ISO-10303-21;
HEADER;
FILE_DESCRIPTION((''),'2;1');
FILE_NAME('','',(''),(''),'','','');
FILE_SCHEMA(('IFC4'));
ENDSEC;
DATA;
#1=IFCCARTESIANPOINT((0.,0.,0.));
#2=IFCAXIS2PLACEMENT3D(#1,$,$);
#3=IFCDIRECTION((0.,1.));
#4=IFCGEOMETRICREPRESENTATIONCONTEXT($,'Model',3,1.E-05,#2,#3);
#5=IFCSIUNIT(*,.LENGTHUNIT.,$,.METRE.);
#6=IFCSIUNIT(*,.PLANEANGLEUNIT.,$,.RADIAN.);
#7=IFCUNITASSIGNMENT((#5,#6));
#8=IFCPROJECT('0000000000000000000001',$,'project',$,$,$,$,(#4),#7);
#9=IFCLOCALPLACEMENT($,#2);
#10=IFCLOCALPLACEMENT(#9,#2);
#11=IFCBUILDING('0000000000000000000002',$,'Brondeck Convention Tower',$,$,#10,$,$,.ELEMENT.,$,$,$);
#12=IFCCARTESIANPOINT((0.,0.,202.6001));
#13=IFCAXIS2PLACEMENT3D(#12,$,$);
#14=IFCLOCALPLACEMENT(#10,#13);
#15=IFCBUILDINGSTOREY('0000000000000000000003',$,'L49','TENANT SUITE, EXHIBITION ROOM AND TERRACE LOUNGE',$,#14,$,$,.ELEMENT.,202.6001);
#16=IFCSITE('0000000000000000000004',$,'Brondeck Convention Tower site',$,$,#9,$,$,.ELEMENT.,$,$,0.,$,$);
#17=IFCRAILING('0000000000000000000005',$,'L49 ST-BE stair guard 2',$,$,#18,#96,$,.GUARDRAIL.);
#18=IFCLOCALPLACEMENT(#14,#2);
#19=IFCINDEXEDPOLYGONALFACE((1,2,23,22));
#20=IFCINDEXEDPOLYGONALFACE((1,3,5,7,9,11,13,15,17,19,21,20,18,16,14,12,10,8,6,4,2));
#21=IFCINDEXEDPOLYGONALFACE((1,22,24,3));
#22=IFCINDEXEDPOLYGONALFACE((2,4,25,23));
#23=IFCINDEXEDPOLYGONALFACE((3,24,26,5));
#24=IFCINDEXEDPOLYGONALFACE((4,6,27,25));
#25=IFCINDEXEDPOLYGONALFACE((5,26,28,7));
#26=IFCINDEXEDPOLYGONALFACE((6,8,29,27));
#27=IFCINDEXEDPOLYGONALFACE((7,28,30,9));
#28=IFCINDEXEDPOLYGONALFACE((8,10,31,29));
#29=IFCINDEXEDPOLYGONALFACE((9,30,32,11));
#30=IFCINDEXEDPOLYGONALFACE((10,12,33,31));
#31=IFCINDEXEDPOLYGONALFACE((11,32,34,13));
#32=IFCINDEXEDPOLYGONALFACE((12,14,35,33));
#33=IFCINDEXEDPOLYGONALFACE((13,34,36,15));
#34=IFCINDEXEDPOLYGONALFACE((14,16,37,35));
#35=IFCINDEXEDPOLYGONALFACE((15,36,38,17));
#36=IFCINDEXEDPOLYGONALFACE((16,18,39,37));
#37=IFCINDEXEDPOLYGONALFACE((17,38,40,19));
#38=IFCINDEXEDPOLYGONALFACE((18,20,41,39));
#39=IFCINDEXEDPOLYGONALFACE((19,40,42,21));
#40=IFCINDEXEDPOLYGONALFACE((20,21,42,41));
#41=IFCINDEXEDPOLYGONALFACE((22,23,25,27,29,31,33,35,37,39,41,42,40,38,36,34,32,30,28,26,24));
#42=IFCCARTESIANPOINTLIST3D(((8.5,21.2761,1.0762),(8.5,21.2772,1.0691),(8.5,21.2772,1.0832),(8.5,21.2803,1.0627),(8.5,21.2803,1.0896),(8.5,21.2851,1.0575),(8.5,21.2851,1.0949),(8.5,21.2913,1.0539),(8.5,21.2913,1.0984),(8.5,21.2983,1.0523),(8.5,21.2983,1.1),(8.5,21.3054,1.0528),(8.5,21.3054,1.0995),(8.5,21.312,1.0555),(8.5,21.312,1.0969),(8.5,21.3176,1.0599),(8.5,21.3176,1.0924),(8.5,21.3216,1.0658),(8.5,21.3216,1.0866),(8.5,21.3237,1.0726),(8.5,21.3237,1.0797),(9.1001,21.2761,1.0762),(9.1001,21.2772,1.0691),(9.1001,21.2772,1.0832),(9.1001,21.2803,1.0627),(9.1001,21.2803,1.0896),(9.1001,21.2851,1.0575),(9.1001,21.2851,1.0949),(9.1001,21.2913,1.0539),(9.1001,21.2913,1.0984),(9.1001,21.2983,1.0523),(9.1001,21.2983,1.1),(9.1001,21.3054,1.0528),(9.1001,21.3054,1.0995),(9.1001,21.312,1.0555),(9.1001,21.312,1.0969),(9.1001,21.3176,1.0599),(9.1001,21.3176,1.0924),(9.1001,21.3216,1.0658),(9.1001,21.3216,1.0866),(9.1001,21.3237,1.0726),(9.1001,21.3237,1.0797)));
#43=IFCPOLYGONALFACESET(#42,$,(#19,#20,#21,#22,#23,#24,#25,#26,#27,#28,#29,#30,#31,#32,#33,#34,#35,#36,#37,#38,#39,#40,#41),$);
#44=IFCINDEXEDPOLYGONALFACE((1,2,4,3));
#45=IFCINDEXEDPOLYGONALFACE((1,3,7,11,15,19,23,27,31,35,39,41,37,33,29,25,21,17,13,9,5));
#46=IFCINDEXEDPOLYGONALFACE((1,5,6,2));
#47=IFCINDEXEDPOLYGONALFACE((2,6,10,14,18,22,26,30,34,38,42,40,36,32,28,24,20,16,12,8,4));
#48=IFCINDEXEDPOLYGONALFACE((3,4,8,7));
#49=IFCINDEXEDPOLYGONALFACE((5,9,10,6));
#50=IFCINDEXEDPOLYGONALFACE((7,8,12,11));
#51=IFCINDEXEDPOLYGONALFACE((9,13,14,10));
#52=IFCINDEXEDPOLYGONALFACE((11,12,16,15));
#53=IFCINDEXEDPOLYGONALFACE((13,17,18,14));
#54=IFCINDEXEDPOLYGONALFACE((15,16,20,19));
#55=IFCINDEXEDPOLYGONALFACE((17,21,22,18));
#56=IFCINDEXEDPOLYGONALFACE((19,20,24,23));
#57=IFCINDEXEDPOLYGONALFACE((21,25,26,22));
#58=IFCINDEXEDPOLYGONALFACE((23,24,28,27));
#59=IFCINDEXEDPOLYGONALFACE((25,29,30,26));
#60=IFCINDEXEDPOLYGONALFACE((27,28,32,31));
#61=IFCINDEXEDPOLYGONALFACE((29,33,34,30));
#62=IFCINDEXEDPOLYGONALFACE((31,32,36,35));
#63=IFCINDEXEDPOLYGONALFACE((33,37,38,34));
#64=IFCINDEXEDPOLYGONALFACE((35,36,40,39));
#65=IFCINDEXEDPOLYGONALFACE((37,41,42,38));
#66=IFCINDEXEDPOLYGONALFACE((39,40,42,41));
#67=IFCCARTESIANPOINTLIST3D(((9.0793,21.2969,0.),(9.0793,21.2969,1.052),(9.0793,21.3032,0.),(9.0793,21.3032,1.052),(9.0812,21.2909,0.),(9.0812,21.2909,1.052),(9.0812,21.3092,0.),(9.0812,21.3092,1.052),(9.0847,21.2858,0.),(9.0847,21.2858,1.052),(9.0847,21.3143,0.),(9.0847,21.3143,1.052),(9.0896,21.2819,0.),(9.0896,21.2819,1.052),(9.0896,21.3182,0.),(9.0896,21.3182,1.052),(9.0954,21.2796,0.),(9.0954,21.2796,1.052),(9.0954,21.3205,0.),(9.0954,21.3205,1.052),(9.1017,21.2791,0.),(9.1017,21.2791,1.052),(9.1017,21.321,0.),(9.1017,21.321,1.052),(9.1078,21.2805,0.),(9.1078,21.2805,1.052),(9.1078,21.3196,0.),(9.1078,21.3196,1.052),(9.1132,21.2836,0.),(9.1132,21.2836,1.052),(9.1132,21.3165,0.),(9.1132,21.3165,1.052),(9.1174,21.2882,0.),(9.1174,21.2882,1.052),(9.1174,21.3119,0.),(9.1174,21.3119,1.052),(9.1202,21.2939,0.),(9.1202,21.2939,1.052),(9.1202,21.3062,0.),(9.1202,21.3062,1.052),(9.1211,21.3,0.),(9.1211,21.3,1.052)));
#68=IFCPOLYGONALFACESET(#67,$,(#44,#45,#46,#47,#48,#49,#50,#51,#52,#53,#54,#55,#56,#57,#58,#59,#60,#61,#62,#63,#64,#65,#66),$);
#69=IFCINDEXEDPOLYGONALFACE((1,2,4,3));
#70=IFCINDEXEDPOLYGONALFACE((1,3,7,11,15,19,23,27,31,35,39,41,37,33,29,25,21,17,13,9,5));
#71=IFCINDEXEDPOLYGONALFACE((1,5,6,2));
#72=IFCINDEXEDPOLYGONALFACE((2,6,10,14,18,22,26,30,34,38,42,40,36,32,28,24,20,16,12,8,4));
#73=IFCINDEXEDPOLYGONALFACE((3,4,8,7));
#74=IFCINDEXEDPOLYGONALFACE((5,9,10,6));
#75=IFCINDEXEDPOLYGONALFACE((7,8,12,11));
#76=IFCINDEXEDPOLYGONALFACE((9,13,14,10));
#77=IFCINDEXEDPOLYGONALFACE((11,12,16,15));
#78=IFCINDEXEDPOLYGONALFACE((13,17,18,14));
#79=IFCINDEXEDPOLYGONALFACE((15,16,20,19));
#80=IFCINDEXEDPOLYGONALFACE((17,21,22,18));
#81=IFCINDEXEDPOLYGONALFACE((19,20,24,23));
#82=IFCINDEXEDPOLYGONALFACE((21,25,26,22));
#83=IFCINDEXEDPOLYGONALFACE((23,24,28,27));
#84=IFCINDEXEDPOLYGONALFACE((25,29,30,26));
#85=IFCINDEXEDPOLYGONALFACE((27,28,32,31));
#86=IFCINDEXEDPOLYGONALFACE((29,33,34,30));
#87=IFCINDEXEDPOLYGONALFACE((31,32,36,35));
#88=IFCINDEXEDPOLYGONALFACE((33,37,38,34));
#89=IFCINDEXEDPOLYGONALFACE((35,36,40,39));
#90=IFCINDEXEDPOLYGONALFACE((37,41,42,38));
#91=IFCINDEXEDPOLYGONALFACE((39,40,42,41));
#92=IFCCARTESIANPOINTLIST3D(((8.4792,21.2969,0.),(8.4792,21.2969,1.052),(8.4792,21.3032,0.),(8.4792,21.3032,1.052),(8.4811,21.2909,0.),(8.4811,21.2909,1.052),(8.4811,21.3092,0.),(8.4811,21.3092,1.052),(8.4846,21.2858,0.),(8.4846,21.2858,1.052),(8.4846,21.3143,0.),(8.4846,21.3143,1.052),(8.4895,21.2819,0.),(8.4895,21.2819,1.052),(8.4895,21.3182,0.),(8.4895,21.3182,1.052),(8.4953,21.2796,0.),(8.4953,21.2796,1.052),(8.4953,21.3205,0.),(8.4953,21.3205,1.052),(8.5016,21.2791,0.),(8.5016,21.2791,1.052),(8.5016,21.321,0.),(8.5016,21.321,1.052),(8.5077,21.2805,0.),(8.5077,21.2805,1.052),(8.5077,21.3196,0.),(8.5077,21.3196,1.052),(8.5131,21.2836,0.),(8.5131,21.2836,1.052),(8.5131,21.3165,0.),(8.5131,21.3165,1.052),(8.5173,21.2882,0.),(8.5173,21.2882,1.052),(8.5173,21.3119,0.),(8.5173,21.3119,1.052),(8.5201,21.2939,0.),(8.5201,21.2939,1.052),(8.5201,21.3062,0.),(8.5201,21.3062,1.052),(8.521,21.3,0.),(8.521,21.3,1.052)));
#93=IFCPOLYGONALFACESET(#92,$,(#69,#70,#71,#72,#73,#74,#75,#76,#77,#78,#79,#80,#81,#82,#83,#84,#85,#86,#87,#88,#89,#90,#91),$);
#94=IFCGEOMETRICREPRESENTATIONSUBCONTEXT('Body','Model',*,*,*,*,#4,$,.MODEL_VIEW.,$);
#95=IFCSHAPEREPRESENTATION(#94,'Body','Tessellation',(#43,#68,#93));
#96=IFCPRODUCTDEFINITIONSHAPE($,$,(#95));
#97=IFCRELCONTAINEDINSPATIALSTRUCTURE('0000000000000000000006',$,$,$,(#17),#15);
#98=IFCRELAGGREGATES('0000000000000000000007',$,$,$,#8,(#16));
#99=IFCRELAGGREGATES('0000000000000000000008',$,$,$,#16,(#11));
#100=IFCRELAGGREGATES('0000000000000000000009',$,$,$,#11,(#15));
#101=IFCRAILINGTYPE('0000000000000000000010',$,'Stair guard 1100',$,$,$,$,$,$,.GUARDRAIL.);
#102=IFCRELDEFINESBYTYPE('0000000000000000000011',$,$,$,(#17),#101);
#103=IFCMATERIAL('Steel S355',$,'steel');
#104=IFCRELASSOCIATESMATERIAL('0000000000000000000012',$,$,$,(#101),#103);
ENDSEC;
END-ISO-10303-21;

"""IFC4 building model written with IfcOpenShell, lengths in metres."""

from ifc_helpers import new_model, si_unit, direction, frame, origin, origin_2d, place, context, subcontext, project, spatial, circle, extrude, material, type_object, element, save


model = new_model("IFC4")

# Units and contexts
model_context = context("Model", 3, precision=1e-05, world=origin(), true_north=direction((0.0, 1.0)))
body_context = subcontext(model_context, "Body", "Model", "MODEL_VIEW")
ifc_project = project(units=[si_unit("LENGTHUNIT", "METRE"), si_unit("PLANEANGLEUNIT", "RADIAN")], contexts=[model_context])

# Site, building, storey
site_placement = place(None, origin())
site = spatial("IfcSite", under=ifc_project, at=site_placement, Name="Brondeck Convention Tower site", CompositionType="ELEMENT", RefElevation=0.0)
building_placement = place(site_placement, origin())
building = spatial("IfcBuilding", under=site, at=building_placement, Name="Brondeck Convention Tower", CompositionType="ELEMENT")
storey_placement = place(building_placement, frame((0.0, 0.0, 202.6001)))
storey = spatial("IfcBuildingStorey", under=building, at=storey_placement, Name="L49", Description="TENANT SUITE, EXHIBITION ROOM AND TERRACE LOUNGE", CompositionType="ELEMENT", Elevation=202.6001)

# Shared definitions
ifc_material_1 = material(Name="Steel S355", Category="steel")

# Railing
railing_type_1 = type_object("IfcRailingType", Name="Stair guard 1100", PredefinedType="GUARDRAIL", material=ifc_material_1)
railing_1_placement = place(storey_placement, frame((9.1001, 21.3, 0.0)))
element("IfcRailing", 1, at=railing_1_placement, inside=storey, type_object=railing_type_1, Name="L49 ST-BE stair guard 2", PredefinedType="GUARDRAIL", context=body_context, shape_type="SweptSolid", body=[
    extrude(circle(Radius=0.0239, at=origin_2d()), frame((0.0, 0.0, 1.0762), z_axis=(-1.0, 0.0, 0.0), x_axis=(0.0, -1.0, 0.0)), (0.0, 0.0, 1.0), 0.6001),
    extrude(circle(Radius=0.021, at=origin_2d()), origin(), (0.0, 0.0, 1.0), 1.052),
    extrude(circle(Radius=0.021, at=origin_2d()), frame((-0.6001, 0.0, 0.0)), (0.0, 0.0, 1.0), 1.052),
])

save(model, "model.ifc")
